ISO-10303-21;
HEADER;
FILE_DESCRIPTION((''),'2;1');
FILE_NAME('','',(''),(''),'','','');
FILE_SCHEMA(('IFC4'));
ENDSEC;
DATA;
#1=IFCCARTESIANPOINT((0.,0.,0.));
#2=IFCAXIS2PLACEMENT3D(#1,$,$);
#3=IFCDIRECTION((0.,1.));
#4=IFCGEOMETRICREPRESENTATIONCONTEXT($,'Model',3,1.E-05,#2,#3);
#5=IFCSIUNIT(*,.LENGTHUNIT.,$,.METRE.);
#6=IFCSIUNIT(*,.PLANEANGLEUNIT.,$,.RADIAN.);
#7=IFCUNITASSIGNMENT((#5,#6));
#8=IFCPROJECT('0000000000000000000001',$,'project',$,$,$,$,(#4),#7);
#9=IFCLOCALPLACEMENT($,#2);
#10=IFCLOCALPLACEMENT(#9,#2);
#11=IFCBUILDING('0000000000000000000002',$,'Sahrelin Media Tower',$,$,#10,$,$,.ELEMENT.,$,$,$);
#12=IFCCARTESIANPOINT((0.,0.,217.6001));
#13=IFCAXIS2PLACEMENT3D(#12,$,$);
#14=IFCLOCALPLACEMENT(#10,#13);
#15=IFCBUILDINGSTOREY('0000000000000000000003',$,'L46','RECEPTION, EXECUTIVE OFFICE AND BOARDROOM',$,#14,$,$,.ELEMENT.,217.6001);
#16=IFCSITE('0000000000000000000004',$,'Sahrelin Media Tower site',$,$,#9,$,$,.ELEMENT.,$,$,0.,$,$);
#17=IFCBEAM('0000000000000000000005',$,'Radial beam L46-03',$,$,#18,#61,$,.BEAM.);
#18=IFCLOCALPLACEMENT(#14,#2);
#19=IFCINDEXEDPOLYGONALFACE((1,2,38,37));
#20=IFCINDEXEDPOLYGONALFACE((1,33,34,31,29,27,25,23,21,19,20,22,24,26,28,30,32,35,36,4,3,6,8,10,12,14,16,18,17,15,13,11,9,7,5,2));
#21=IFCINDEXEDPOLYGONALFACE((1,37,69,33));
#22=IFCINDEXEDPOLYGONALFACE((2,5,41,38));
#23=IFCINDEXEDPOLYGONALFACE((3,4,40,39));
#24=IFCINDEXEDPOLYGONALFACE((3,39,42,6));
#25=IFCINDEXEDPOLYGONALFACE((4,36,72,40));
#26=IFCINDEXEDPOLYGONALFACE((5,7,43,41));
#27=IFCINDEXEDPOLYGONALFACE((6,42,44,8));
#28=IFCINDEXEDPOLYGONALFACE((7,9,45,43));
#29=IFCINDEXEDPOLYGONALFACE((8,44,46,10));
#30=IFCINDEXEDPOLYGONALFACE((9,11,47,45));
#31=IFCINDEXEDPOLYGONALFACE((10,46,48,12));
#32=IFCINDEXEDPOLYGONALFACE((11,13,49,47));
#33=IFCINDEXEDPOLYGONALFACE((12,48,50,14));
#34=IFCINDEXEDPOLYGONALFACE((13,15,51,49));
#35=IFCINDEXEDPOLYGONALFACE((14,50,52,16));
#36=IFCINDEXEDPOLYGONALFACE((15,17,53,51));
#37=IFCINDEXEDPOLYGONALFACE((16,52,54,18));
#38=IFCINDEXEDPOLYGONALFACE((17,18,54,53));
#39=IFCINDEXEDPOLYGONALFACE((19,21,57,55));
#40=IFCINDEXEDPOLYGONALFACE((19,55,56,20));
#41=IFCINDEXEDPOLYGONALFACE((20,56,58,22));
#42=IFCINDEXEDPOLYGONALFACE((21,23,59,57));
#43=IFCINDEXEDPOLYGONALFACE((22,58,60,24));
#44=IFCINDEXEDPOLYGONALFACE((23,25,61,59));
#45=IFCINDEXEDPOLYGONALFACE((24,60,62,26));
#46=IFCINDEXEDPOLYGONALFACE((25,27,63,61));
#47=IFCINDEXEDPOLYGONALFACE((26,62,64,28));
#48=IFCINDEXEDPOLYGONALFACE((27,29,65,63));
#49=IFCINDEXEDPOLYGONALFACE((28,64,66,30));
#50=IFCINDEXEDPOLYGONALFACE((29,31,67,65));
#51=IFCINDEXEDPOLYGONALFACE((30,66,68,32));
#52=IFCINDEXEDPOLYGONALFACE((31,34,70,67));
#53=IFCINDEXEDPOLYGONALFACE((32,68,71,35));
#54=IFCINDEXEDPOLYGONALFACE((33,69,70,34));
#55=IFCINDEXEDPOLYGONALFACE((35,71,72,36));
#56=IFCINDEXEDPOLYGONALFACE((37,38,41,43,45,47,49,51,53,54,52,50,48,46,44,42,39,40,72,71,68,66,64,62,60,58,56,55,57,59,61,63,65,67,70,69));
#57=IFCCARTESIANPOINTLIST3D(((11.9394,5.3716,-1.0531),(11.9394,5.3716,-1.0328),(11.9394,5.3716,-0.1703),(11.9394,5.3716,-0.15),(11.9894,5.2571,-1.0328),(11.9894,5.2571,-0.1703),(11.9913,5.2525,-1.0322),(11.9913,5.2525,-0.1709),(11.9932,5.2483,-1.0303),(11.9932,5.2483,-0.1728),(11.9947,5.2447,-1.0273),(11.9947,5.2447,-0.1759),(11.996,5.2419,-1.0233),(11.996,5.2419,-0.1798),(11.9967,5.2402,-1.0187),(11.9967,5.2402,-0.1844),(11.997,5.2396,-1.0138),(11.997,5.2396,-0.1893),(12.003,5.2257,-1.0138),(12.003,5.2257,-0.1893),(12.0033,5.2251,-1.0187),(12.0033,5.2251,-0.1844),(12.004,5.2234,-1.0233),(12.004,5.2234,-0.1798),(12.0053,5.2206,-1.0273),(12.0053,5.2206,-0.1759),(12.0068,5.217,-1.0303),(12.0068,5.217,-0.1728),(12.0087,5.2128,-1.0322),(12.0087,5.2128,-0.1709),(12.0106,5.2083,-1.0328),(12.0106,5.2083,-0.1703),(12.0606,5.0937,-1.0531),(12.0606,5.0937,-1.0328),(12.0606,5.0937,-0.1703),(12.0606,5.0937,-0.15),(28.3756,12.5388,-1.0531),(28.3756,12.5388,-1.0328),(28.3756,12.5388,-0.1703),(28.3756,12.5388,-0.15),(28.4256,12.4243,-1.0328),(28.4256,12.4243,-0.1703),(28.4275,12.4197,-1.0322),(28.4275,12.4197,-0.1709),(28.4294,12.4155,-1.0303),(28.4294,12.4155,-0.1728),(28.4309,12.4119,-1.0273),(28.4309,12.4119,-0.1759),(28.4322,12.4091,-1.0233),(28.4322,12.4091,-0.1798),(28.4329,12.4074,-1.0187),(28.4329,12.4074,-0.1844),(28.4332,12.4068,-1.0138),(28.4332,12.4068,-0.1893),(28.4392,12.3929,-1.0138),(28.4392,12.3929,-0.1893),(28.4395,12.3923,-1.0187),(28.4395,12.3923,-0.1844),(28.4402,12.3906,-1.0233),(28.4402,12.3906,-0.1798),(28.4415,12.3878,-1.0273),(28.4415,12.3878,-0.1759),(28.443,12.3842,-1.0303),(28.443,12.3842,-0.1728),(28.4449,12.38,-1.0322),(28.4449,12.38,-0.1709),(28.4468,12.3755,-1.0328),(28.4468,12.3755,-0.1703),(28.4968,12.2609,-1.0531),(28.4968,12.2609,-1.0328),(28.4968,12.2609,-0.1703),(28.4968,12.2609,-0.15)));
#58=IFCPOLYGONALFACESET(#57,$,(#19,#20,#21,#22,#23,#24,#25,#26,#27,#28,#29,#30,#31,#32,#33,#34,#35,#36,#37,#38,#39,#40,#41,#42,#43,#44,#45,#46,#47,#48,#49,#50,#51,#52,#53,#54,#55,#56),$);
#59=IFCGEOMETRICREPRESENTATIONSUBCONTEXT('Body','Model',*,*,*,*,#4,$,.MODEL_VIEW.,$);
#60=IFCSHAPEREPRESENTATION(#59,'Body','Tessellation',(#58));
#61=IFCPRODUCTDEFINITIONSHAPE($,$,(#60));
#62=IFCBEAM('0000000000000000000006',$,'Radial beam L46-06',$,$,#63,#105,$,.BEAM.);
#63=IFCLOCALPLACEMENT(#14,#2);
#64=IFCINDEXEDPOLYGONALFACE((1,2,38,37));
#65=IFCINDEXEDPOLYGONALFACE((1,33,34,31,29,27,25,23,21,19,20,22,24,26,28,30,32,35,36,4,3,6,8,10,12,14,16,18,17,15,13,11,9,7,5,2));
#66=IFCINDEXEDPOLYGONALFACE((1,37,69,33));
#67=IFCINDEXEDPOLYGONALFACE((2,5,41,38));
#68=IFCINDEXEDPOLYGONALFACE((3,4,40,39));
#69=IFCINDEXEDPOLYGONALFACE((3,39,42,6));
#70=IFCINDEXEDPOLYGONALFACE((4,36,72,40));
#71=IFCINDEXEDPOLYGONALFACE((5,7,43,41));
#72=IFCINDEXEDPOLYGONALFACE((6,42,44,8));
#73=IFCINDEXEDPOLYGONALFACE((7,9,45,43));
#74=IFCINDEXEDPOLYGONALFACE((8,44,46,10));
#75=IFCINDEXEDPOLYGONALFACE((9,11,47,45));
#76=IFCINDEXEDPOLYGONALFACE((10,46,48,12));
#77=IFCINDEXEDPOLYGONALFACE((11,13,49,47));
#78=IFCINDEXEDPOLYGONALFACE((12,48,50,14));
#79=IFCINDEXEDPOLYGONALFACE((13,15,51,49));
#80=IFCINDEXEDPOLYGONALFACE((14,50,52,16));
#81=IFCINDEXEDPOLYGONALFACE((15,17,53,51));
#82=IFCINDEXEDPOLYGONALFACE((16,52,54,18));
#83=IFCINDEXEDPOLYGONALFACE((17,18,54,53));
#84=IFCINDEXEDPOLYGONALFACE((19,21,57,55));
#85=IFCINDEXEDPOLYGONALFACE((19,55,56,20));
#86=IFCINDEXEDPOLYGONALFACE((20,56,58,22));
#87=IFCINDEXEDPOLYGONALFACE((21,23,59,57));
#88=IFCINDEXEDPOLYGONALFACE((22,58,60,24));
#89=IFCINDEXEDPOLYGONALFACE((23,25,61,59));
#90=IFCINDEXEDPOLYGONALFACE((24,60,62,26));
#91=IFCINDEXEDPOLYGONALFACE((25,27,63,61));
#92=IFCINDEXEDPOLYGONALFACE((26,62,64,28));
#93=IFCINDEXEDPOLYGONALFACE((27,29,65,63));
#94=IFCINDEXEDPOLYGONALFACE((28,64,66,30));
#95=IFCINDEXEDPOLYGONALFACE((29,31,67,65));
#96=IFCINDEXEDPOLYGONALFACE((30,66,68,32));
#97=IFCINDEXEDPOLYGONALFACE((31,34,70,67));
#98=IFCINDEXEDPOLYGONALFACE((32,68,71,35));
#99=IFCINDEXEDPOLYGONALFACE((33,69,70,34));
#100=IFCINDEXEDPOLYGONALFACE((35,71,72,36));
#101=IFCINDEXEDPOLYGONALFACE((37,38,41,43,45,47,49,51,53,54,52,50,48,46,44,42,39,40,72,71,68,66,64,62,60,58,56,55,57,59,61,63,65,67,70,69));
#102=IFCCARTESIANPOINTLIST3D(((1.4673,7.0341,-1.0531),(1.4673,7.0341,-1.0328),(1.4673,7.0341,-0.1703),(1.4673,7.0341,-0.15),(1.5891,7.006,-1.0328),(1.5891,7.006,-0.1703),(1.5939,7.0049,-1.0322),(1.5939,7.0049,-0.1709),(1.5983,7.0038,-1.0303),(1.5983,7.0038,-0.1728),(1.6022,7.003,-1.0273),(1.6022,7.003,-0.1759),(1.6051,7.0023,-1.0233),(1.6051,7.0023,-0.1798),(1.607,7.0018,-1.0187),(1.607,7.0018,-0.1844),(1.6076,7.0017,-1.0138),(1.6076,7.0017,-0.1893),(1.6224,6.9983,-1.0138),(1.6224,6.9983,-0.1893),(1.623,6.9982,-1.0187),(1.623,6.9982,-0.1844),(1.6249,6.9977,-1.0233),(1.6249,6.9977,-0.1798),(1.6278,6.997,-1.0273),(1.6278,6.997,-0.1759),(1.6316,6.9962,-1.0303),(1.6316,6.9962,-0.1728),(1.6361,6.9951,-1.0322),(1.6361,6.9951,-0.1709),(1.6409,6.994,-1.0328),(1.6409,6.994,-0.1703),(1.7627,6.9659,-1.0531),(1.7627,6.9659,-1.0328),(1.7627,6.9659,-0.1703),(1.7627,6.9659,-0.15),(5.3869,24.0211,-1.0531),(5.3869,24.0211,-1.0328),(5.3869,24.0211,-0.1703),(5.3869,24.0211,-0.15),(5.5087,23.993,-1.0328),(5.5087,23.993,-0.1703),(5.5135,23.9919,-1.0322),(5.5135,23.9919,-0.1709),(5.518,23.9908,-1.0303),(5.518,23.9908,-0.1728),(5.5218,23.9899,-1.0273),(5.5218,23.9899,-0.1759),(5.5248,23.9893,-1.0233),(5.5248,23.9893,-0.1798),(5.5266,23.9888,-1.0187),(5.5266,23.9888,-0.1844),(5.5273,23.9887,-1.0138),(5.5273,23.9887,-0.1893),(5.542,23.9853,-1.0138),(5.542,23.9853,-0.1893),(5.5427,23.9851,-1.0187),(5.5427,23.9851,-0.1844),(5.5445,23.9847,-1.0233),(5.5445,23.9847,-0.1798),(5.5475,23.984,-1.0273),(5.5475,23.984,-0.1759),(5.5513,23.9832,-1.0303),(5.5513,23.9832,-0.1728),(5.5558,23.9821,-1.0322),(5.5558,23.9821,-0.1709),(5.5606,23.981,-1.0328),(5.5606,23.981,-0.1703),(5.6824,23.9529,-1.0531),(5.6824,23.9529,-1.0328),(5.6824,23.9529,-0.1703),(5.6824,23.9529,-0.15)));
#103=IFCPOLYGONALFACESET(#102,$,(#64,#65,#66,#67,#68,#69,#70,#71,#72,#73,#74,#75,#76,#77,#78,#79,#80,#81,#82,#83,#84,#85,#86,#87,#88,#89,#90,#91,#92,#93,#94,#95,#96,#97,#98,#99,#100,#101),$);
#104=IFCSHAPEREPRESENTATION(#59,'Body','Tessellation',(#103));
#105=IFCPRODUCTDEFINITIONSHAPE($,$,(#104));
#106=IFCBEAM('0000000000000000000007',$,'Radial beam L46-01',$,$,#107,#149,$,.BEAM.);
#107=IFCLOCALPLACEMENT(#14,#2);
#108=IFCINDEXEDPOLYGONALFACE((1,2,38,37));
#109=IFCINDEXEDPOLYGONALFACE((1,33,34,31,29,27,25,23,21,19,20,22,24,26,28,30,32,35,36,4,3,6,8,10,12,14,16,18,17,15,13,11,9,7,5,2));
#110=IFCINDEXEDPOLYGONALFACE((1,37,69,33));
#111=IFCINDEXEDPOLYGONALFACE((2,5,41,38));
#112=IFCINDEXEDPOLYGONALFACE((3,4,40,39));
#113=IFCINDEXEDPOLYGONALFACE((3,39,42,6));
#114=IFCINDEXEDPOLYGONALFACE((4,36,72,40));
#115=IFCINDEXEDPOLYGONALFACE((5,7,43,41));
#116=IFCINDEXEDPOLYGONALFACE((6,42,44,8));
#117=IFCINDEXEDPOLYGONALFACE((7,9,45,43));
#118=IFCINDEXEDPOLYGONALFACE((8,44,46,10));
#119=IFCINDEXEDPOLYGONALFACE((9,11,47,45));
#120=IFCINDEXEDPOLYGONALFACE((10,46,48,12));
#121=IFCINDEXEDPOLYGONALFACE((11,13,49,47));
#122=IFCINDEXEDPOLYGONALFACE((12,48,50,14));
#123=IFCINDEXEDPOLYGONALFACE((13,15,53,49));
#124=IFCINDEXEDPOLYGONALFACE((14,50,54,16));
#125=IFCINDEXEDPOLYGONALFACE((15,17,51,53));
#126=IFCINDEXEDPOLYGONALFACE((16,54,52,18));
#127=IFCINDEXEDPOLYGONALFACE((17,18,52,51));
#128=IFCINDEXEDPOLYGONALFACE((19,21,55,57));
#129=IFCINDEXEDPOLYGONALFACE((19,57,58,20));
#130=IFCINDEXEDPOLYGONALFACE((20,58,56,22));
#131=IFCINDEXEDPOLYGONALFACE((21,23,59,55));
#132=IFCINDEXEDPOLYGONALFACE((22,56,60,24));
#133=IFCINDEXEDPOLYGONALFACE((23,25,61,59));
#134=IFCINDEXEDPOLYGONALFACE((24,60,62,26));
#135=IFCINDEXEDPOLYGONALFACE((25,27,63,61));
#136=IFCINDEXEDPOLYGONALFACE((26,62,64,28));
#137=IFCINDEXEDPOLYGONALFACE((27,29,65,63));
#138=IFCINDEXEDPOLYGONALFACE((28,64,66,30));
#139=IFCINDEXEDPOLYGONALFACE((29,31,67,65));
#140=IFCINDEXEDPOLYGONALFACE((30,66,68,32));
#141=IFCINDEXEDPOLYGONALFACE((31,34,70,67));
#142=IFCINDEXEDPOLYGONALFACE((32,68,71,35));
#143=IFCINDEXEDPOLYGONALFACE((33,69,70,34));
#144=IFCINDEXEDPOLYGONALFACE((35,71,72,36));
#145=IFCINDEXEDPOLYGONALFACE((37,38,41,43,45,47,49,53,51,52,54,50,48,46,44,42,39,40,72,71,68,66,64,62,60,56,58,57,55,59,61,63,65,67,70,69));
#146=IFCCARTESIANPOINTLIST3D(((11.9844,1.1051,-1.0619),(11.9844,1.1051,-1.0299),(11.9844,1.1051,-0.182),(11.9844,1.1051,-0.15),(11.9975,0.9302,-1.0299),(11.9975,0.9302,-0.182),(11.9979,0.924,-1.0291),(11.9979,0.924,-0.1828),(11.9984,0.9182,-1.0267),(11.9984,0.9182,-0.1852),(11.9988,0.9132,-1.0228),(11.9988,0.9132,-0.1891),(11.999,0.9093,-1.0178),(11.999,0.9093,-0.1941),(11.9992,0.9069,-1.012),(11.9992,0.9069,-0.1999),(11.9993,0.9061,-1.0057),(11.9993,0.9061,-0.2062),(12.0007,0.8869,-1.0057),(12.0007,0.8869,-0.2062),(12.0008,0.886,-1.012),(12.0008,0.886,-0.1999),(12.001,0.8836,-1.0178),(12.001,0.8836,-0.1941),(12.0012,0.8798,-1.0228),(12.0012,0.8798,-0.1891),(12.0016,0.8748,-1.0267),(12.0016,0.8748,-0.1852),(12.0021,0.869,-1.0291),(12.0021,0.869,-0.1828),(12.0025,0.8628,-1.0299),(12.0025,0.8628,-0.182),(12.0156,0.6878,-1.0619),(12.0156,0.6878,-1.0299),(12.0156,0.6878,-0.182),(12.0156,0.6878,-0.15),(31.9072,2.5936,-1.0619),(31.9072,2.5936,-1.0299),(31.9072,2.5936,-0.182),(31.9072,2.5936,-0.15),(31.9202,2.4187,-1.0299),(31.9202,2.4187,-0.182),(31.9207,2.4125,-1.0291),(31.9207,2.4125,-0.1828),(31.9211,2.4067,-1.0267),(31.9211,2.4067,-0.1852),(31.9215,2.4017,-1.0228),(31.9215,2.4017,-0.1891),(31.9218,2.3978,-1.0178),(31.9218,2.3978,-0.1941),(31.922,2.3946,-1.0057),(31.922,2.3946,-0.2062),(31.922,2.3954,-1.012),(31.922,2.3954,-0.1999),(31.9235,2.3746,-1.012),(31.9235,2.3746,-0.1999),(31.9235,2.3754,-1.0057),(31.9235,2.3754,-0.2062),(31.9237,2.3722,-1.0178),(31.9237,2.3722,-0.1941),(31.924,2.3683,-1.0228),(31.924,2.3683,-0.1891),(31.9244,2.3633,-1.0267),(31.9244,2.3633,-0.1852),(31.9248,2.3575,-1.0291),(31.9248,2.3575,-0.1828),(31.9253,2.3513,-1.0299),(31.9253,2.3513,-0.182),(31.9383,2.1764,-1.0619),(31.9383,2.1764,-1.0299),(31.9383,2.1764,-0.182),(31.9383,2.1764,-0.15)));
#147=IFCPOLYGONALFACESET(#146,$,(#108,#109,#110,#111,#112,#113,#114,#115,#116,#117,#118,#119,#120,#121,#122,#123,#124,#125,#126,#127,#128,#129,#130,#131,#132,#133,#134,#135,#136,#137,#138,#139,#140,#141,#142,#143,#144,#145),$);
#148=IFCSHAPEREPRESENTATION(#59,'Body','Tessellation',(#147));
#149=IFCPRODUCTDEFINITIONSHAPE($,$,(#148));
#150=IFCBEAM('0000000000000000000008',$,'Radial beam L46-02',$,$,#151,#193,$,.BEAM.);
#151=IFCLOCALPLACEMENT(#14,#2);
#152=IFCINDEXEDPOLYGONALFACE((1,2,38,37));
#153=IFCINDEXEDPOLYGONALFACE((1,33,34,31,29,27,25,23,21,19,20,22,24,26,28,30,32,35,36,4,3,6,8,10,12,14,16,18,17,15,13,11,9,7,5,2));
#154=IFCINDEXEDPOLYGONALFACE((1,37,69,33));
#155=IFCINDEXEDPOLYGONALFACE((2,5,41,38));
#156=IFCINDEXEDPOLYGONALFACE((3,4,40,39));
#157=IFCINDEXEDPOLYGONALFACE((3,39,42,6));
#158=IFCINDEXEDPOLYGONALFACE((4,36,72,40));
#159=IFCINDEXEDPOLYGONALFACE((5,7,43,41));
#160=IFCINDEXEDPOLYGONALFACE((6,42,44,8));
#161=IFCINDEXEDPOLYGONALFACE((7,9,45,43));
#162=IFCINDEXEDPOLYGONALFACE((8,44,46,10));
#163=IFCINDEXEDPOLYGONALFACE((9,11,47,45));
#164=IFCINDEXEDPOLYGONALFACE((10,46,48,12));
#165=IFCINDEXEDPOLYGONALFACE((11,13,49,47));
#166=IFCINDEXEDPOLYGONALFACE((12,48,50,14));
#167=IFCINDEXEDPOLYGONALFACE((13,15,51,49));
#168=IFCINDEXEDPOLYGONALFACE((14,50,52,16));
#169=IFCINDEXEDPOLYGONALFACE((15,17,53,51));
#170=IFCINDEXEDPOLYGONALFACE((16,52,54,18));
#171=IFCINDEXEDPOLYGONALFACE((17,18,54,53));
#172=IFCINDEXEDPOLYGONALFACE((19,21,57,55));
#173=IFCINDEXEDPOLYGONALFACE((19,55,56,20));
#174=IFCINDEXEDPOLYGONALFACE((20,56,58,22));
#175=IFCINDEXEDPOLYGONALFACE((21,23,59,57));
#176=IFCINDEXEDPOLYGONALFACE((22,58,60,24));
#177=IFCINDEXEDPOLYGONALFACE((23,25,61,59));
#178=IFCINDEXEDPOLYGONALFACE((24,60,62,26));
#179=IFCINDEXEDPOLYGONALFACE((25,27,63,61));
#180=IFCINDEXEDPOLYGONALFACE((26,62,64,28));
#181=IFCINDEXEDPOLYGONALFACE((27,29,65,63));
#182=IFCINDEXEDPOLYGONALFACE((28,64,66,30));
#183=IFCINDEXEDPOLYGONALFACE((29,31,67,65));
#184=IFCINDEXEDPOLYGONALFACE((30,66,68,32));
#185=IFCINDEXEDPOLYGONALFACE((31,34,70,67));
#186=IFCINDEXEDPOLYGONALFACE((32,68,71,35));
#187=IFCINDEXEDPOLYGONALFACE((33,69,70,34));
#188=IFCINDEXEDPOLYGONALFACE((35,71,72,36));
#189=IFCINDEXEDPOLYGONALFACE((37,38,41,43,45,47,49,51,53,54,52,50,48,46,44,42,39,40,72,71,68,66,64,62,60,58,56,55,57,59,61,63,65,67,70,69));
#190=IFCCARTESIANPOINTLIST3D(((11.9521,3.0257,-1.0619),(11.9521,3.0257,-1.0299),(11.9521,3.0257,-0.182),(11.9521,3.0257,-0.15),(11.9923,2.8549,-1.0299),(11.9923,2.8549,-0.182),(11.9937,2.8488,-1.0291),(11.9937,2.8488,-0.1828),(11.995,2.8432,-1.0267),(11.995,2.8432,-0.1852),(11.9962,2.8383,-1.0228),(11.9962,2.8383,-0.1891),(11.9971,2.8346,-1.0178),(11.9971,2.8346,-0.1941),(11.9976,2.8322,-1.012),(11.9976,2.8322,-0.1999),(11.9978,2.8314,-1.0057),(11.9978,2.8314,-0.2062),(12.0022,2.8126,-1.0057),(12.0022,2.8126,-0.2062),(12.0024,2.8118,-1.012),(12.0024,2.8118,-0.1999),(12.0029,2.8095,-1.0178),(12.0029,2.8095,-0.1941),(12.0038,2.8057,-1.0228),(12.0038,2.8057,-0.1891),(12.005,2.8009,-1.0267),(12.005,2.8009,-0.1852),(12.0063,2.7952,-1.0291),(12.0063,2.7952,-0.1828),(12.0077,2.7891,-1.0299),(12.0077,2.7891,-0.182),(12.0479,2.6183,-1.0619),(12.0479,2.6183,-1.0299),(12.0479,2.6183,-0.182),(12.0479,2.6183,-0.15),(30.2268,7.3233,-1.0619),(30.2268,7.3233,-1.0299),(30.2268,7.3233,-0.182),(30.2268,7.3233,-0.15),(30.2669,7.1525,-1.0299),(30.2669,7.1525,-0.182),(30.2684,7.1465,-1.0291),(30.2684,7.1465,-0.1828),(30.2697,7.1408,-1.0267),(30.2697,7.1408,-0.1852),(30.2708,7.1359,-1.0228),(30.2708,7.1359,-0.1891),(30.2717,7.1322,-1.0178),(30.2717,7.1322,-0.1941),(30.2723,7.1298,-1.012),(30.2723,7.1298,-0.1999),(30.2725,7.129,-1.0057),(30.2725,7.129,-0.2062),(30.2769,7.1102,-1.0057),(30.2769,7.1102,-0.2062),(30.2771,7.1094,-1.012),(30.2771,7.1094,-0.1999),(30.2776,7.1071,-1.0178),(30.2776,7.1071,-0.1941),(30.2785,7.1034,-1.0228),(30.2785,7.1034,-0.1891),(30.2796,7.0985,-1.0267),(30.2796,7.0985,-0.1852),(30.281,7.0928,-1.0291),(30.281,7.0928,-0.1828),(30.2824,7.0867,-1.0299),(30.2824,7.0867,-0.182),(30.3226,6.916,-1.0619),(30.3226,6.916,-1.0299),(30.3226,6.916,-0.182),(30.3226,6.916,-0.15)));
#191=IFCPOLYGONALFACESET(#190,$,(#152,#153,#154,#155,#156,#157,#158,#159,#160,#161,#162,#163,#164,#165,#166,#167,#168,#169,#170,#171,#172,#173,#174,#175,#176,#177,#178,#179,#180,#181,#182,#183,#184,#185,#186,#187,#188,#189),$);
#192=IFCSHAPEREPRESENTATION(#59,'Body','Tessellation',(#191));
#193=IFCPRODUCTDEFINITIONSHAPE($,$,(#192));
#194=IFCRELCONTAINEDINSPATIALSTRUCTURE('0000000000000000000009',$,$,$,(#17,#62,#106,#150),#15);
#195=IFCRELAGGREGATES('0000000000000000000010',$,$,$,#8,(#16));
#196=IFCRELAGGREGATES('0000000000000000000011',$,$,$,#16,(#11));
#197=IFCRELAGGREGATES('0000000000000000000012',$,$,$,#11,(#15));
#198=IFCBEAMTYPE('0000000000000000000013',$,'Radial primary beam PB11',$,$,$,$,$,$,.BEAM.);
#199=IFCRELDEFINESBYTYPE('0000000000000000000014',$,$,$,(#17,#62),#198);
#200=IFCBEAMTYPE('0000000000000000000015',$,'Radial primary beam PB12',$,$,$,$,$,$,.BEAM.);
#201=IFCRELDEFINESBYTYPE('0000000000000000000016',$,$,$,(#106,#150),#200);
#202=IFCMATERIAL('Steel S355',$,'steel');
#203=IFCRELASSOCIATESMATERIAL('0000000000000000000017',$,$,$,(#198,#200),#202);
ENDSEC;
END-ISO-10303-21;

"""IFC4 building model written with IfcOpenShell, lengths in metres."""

from ifc_helpers import new_model, si_unit, direction, frame, origin, origin_2d, place, context, subcontext, project, spatial, i_section, extrude, material, material_profile, profile_set, type_object, element, save


model = new_model("IFC4")

# Units and contexts
model_context = context("Model", 3, precision=1e-05, world=origin(), true_north=direction((0.0, 1.0)))
body_context = subcontext(model_context, "Body", "Model", "MODEL_VIEW")
ifc_project = project(units=[si_unit("LENGTHUNIT", "METRE"), si_unit("PLANEANGLEUNIT", "RADIAN")], contexts=[model_context])

# Site, building, storey
site_placement = place(None, origin())
site = spatial("IfcSite", under=ifc_project, at=site_placement, Name="Sahrelin Media Tower site", CompositionType="ELEMENT", RefElevation=0.0)
building_placement = place(site_placement, origin())
building = spatial("IfcBuilding", under=site, at=building_placement, Name="Sahrelin Media Tower", CompositionType="ELEMENT")
storey_placement = place(building_placement, frame((0.0, 0.0, 217.6001)))
storey = spatial("IfcBuildingStorey", under=building, at=storey_placement, Name="L46", Description="RECEPTION, EXECUTIVE OFFICE AND BOARDROOM", CompositionType="ELEMENT", Elevation=217.6001)

# Beams
ifc_material_1 = material(Name="Steel S355", Category="steel")
ifc_material_profile_1 = material_profile(ifc_material_1, i_section(OverallWidth=0.3032, OverallDepth=0.9031, WebThickness=0.0151, FlangeThickness=0.0203, FilletRadius=0.019, at=origin_2d()), Name="UB 914x305x201")
ifc_profile_set_1 = profile_set([ifc_material_profile_1], Name="Steel S355")
beam_type_1 = type_object("IfcBeamType", Name="Radial primary beam PB11", PredefinedType="BEAM", material=ifc_profile_set_1)
beam_1_placement = place(storey_placement, frame((12.0, 5.2327, -0.6016), z_axis=(0.916641, 0.399712, 0.0), x_axis=(-0.399712, 0.916641, 0.0)))
element("IfcBeam", 1, at=beam_1_placement, inside=storey, type_object=beam_type_1, Name="Radial beam L46-03", PredefinedType="BEAM", context=body_context, shape_type="SweptSolid", body=[
    extrude(i_section(OverallWidth=0.3032, OverallDepth=0.9031, WebThickness=0.0151, FlangeThickness=0.0203, FilletRadius=0.019, at=origin_2d()), origin(), (0.0, 0.0, 1.0), 17.9309),
])
beam_2_placement = place(storey_placement, frame((1.615, 7.0, -0.6016), z_axis=(0.224837, 0.974396, 0.0), x_axis=(-0.974396, 0.224837, 0.0)))
element("IfcBeam", 2, at=beam_2_placement, inside=storey, type_object=beam_type_1, Name="Radial beam L46-06", PredefinedType="BEAM", context=body_context, shape_type="SweptSolid", body=[
    extrude(i_section(OverallWidth=0.3032, OverallDepth=0.9031, WebThickness=0.0151, FlangeThickness=0.0203, FilletRadius=0.019, at=origin_2d()), origin(), (0.0, 0.0, 1.0), 17.4333),
])
ifc_material_profile_2 = material_profile(ifc_material_1, i_section(OverallWidth=0.4185, OverallDepth=0.9119, WebThickness=0.0193, FlangeThickness=0.032, FilletRadius=0.0242, at=origin_2d()), Name="UB 914x419x343")
ifc_profile_set_2 = profile_set([ifc_material_profile_2], Name="Steel S355")
beam_type_2 = type_object("IfcBeamType", Name="Radial primary beam PB12", PredefinedType="BEAM", material=ifc_profile_set_2)
beam_3_placement = place(storey_placement, frame((12.0, 0.8965, -0.606), z_axis=(0.997221, 0.074507, 0.0), x_axis=(-0.074507, 0.997221, 0.0)))
element("IfcBeam", 3, at=beam_3_placement, inside=storey, type_object=beam_type_2, Name="Radial beam L46-01", PredefinedType="BEAM", context=body_context, shape_type="SweptSolid", body=[
    extrude(i_section(OverallWidth=0.4185, OverallDepth=0.9119, WebThickness=0.0193, FlangeThickness=0.032, FilletRadius=0.0242, at=origin_2d()), origin(), (0.0, 0.0, 1.0), 19.9783),
])
beam_4_placement = place(storey_placement, frame((12.0, 2.822, -0.606), z_axis=(0.973445, 0.228923, 0.0), x_axis=(-0.228923, 0.973445, 0.0)))
element("IfcBeam", 4, at=beam_4_placement, inside=storey, type_object=beam_type_2, Name="Radial beam L46-02", PredefinedType="BEAM", context=body_context, shape_type="SweptSolid", body=[
    extrude(i_section(OverallWidth=0.4185, OverallDepth=0.9119, WebThickness=0.0193, FlangeThickness=0.032, FilletRadius=0.0242, at=origin_2d()), origin(), (0.0, 0.0, 1.0), 18.7732),
])

save(model, "model.ifc")
